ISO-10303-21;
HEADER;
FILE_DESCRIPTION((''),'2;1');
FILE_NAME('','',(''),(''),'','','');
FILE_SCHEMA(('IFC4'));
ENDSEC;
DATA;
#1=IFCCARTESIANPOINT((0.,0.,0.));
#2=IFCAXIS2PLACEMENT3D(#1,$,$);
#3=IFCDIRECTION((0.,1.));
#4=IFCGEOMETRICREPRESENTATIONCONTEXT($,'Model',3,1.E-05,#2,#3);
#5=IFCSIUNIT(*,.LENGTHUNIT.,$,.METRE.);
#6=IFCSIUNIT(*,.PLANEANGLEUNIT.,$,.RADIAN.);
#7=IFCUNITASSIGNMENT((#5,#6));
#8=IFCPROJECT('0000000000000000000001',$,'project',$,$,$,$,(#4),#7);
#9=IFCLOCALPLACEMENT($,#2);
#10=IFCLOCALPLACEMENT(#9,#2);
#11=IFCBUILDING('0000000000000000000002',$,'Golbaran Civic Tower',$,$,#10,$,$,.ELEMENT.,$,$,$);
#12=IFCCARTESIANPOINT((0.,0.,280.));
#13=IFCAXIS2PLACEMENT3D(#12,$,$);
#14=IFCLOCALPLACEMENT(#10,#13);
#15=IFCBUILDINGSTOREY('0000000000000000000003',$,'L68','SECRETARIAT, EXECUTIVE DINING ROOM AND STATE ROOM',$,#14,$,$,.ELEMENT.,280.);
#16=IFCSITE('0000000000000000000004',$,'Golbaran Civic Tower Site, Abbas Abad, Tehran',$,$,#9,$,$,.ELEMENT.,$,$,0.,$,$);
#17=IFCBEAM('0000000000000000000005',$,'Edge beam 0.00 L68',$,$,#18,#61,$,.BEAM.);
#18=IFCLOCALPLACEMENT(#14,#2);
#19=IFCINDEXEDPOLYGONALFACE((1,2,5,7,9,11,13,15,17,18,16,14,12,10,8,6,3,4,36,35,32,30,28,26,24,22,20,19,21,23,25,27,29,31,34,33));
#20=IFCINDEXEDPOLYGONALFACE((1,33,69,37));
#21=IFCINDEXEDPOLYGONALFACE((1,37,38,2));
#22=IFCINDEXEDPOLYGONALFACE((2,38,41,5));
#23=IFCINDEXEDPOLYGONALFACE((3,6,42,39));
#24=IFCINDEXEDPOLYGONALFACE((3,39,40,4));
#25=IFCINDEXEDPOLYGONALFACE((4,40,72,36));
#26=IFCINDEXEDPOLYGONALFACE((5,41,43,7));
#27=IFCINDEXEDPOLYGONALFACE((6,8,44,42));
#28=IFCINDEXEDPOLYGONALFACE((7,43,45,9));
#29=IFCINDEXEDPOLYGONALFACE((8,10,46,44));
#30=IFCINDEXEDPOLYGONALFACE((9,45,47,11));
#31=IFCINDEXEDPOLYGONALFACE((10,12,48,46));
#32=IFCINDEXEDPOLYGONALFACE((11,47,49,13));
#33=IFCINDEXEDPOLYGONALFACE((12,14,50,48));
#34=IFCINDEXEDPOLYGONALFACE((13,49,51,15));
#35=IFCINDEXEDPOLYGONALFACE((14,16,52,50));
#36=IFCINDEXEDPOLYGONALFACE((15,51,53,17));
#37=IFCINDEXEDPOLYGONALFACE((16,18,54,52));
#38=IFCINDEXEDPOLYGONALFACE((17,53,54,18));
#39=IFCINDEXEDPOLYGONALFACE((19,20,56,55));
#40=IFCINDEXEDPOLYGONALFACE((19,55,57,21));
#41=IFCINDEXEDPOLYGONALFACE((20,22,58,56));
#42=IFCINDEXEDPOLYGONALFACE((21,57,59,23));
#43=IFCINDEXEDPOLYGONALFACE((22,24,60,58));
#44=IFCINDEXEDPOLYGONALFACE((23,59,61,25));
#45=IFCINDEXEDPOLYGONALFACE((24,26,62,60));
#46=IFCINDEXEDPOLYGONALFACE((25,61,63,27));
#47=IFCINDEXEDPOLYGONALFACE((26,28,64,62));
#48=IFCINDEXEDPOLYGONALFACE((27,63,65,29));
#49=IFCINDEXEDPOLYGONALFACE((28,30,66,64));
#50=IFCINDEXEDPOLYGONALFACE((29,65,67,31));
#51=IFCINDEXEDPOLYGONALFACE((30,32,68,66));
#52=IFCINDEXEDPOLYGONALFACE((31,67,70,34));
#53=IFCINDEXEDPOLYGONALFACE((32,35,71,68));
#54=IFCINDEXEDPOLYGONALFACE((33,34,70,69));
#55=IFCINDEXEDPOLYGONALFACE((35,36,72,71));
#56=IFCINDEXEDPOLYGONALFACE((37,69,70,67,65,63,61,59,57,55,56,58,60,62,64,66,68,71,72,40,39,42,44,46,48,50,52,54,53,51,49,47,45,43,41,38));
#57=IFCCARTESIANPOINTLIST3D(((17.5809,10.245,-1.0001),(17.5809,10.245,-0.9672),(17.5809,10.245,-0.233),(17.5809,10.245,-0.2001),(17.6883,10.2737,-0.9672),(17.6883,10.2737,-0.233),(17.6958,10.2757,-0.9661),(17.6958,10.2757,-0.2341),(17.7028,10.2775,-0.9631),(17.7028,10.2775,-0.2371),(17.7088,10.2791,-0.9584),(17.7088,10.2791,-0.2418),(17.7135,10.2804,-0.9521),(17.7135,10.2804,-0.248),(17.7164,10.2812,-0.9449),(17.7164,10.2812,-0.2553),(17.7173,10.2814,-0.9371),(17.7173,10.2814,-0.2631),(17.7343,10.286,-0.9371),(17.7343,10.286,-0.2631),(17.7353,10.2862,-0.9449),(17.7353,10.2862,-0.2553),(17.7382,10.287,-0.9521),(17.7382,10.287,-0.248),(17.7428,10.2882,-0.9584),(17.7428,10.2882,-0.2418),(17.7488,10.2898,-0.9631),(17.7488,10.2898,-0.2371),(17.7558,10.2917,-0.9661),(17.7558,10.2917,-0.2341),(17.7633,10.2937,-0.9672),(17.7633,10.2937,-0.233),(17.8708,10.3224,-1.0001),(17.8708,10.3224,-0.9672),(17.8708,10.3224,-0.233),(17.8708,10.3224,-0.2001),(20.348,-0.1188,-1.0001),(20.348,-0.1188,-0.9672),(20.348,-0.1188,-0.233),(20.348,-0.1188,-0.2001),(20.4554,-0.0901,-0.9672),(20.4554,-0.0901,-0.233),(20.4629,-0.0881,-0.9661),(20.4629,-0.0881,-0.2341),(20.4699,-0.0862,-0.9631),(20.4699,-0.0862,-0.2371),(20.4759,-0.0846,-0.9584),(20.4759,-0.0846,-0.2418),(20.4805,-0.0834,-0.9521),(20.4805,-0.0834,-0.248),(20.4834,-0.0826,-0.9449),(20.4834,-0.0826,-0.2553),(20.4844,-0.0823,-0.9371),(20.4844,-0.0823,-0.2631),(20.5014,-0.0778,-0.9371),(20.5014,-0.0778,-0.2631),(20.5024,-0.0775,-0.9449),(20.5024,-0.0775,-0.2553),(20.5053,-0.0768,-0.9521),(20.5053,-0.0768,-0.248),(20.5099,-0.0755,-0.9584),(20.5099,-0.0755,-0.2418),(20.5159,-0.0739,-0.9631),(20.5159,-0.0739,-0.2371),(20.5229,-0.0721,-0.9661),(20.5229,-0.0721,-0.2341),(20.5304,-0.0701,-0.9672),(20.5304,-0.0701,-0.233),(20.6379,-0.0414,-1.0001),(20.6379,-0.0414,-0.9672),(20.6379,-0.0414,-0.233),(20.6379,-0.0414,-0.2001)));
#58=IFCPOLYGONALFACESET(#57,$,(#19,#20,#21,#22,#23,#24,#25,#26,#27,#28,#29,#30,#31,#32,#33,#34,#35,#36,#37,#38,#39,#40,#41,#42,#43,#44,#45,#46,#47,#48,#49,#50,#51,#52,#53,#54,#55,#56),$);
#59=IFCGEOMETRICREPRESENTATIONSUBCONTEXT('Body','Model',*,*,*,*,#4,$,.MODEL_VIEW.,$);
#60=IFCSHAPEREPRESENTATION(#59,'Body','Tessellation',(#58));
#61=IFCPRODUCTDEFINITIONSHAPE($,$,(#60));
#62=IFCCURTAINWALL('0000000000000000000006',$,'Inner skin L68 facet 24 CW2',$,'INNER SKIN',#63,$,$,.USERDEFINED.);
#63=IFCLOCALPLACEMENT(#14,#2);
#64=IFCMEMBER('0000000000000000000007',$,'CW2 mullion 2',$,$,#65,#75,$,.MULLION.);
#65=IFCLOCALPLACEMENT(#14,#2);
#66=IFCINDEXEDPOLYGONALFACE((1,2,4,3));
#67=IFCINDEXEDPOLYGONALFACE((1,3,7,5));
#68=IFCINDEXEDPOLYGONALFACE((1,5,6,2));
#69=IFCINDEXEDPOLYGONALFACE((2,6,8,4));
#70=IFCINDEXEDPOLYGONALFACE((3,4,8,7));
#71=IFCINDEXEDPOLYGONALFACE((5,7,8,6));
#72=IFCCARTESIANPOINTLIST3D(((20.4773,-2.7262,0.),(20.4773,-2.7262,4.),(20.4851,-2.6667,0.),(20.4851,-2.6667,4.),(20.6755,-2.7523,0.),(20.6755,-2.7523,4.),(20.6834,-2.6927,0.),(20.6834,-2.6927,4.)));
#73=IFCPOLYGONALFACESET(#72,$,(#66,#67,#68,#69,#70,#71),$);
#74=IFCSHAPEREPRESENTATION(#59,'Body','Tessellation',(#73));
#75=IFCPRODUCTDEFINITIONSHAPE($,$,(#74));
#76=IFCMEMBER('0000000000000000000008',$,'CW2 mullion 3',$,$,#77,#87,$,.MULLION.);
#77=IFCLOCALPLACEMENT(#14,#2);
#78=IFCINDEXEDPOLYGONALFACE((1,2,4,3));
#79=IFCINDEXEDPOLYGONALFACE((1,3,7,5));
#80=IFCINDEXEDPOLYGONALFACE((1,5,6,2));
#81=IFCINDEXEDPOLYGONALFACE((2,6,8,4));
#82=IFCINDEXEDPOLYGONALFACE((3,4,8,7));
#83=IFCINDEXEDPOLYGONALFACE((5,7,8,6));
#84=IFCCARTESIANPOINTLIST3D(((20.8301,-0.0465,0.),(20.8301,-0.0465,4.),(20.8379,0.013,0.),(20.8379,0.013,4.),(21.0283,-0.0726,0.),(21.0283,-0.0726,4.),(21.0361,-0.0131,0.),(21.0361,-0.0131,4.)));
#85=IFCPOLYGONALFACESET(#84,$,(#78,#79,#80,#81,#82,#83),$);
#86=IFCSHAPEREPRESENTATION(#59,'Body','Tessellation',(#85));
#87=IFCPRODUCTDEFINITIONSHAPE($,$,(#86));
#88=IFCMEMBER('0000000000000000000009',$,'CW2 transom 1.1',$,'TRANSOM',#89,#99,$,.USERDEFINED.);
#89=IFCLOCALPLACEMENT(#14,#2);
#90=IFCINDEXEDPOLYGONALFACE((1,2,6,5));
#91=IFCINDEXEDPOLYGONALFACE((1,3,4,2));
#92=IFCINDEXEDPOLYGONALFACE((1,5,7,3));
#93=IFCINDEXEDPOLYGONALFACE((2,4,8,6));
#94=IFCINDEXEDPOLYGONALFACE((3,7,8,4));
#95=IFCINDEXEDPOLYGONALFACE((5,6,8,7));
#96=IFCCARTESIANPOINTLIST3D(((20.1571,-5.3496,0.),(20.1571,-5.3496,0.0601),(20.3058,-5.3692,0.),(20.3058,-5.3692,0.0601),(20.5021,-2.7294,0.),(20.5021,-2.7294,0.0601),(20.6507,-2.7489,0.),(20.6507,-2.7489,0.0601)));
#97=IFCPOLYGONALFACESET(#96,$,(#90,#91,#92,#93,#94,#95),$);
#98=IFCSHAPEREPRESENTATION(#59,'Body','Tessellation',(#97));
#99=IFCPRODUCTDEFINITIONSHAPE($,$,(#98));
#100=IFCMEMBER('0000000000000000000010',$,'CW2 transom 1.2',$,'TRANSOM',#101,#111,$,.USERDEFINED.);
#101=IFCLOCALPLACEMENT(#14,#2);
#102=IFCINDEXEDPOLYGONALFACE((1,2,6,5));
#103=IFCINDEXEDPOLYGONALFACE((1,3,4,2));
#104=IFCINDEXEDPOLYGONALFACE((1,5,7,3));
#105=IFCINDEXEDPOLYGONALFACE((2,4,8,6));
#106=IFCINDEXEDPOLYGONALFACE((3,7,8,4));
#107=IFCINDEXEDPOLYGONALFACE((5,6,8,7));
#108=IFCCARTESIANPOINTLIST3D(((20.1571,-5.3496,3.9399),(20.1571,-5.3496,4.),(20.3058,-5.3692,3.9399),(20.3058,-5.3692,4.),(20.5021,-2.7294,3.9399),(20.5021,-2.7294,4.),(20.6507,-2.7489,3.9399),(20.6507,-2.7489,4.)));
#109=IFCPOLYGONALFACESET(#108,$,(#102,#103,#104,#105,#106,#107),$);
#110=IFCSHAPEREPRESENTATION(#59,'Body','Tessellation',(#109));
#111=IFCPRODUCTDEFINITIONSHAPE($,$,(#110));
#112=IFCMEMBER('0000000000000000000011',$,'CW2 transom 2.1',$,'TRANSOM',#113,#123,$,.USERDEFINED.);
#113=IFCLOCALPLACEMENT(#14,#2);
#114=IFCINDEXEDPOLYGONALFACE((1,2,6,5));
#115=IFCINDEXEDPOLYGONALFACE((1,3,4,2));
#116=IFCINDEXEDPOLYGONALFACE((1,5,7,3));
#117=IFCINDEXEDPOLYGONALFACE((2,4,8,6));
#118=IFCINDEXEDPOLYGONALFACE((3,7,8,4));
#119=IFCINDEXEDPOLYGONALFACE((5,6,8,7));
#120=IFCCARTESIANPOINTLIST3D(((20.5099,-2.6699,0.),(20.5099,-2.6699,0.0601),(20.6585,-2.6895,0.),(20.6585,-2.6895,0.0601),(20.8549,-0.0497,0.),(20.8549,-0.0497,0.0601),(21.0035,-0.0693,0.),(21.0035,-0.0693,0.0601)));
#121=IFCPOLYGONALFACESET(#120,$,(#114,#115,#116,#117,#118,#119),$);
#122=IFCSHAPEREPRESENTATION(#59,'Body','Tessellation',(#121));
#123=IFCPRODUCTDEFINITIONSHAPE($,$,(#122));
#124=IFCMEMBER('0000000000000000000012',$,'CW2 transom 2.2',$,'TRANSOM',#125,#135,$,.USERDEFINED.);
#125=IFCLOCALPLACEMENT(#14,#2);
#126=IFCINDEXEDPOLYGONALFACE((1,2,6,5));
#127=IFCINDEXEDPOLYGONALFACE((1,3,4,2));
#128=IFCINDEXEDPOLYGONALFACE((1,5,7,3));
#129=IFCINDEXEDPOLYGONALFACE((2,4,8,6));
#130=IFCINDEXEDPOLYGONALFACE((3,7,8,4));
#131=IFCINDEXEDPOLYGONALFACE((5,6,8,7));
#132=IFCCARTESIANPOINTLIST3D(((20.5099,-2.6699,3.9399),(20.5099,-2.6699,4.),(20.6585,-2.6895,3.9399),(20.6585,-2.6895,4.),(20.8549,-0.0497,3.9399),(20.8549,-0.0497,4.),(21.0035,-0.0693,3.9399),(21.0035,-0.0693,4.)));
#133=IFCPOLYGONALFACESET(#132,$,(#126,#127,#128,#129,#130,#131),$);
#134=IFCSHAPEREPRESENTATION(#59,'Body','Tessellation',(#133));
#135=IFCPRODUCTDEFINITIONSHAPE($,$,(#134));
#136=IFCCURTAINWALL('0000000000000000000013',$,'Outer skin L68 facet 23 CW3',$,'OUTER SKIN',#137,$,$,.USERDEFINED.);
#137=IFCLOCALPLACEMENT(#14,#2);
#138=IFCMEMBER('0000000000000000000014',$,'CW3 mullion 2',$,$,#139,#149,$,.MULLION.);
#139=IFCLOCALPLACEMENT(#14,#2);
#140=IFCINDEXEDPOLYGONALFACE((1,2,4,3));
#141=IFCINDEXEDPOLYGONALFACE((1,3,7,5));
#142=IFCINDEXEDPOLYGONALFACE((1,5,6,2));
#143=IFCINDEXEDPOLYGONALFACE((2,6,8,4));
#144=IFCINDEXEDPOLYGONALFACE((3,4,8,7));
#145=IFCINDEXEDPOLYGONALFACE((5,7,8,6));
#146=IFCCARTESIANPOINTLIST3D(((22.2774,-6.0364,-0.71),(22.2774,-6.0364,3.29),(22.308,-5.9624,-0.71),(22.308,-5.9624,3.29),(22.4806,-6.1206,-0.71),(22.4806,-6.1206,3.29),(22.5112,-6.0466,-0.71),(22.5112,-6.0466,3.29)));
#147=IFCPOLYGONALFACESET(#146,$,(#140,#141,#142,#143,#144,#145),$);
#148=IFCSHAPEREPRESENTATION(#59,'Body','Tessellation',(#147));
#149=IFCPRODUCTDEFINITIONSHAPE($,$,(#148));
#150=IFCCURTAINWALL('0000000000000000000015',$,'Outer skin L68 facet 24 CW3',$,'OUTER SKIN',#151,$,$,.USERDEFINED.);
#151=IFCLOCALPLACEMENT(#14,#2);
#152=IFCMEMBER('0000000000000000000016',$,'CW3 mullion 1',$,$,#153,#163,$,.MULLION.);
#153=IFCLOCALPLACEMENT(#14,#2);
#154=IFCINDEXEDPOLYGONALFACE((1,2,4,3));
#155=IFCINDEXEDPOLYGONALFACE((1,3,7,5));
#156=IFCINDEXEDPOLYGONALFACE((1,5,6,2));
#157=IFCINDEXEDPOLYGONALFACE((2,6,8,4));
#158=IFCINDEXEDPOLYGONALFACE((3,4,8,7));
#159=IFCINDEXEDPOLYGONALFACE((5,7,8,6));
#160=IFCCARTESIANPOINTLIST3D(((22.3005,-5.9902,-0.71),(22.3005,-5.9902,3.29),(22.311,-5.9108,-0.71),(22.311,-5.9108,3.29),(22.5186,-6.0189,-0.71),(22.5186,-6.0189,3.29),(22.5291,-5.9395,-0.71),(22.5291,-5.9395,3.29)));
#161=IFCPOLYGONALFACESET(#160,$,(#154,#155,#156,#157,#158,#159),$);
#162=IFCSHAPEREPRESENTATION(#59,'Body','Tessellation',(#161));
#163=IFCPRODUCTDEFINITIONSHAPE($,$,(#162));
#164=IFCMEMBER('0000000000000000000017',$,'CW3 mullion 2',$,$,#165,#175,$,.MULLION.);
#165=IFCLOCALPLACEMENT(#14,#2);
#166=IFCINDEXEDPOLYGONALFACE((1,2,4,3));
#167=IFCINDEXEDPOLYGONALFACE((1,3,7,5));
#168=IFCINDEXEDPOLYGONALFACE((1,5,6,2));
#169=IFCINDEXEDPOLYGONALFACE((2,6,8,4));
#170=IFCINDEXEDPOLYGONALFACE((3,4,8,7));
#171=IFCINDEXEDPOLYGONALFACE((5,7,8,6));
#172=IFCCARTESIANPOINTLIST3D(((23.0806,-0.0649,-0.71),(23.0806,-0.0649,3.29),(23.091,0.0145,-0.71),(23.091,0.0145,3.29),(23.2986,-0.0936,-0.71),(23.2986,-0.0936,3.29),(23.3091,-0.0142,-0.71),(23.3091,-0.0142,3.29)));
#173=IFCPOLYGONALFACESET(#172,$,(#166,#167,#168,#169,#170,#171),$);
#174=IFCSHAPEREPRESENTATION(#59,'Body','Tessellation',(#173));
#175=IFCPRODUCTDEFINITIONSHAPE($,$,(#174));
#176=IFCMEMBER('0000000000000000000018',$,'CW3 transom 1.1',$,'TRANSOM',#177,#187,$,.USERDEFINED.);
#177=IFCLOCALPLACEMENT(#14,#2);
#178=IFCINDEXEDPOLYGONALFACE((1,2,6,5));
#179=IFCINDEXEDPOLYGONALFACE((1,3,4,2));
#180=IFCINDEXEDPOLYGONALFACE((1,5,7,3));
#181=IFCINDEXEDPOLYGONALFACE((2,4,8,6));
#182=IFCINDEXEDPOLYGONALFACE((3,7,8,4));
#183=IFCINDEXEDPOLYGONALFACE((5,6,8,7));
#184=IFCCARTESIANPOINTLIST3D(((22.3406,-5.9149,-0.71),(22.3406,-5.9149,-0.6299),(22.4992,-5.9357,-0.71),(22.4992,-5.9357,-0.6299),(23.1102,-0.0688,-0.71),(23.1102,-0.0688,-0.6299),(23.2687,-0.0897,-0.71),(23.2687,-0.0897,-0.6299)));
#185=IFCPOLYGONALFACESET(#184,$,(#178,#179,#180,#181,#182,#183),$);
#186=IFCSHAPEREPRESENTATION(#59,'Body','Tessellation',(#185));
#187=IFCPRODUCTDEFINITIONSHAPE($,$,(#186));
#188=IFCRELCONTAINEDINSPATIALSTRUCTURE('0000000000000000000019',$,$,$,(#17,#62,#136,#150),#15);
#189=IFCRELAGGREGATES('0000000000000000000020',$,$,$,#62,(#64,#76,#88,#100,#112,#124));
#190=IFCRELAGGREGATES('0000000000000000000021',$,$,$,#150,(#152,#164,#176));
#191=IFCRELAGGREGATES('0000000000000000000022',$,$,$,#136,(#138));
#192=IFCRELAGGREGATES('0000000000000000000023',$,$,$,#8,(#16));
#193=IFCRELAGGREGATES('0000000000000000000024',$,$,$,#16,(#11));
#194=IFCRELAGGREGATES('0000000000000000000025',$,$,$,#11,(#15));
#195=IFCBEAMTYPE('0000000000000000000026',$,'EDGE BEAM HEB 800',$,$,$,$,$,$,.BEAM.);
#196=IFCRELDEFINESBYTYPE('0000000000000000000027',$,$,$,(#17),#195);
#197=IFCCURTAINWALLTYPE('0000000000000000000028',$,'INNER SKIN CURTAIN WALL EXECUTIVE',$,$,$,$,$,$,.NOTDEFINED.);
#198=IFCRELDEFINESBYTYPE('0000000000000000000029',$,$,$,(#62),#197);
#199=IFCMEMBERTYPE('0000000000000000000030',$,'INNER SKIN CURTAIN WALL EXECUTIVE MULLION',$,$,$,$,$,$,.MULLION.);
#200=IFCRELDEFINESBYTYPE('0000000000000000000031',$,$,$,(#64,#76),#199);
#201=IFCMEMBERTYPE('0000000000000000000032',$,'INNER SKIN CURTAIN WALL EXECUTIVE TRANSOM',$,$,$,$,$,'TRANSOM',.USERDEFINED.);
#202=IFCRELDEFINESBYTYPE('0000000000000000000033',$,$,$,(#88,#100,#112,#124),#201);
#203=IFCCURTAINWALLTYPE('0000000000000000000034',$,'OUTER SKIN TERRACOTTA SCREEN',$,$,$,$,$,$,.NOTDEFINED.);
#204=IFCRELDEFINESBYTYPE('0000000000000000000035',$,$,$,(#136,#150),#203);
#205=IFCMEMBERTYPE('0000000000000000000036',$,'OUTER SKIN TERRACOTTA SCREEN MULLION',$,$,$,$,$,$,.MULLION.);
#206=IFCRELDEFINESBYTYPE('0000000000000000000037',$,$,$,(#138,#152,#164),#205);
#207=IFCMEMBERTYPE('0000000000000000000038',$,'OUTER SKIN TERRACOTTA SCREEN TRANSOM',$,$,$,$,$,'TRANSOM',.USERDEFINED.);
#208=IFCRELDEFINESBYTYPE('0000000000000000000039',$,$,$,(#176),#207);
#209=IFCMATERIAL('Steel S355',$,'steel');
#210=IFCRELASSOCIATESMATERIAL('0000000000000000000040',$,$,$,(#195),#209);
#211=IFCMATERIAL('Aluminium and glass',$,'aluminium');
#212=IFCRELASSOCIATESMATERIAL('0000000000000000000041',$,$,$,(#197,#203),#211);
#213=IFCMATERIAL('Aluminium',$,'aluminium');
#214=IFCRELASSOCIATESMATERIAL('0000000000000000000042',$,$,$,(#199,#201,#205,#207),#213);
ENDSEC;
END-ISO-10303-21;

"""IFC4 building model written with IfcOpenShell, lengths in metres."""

from ifc_helpers import new_model, si_unit, direction, frame, origin, origin_2d, place, context, subcontext, project, spatial, rectangle, i_section, extrude, material, material_profile, profile_set, type_object, element, aggregate, save


model = new_model("IFC4")

# Units and contexts
model_context = context("Model", 3, precision=1e-05, world=origin(), true_north=direction((0.0, 1.0)))
body_context = subcontext(model_context, "Body", "Model", "MODEL_VIEW")
ifc_project = project(units=[si_unit("LENGTHUNIT", "METRE"), si_unit("PLANEANGLEUNIT", "RADIAN")], contexts=[model_context])

# Site, building, storey
site_placement = place(None, origin())
site = spatial("IfcSite", under=ifc_project, at=site_placement, Name="Golbaran Civic Tower Site, Abbas Abad, Tehran", CompositionType="ELEMENT", RefElevation=0.0)
building_placement = place(site_placement, origin())
building = spatial("IfcBuilding", under=site, at=building_placement, Name="Golbaran Civic Tower", CompositionType="ELEMENT")
storey_placement = place(building_placement, frame((0.0, 0.0, 280.0)))
storey = spatial("IfcBuildingStorey", under=building, at=storey_placement, Name="L68", Description="SECRETARIAT, EXECUTIVE DINING ROOM AND STATE ROOM", CompositionType="ELEMENT", Elevation=280.0)

# Beam
ifc_material_1 = material(Name="Steel S355", Category="steel")
ifc_material_profile_1 = material_profile(ifc_material_1, i_section(OverallWidth=0.3, OverallDepth=0.8, WebThickness=0.0176, FlangeThickness=0.033, FilletRadius=0.03, at=origin_2d()), Name="HEB 800")
ifc_profile_set_1 = profile_set([ifc_material_profile_1], Name="Steel S355")
beam_type = type_object("IfcBeamType", Name="EDGE BEAM HEB 800", PredefinedType="BEAM", material=ifc_profile_set_1)
beam_placement = place(storey_placement, frame((20.4929, -0.0801, -0.6001), z_axis=(-0.25796, 0.966156, 0.0), x_axis=(-0.966156, -0.25796, 0.0)))
element("IfcBeam", 1, at=beam_placement, inside=storey, type_object=beam_type, Name="Edge beam 0.00 L68", PredefinedType="BEAM", context=body_context, shape_type="SweptSolid", body=[
    extrude(i_section(OverallWidth=0.3, OverallDepth=0.8, WebThickness=0.0176, FlangeThickness=0.033, FilletRadius=0.03, at=origin_2d()), origin(), (0.0, 0.0, 1.0), 10.7268),
])

# Curtain wall, members
ifc_material_2 = material(Name="Aluminium and glass", Category="aluminium")
curtain_wall_type_1 = type_object("IfcCurtainWallType", Name="INNER SKIN CURTAIN WALL EXECUTIVE", PredefinedType="NOTDEFINED", material=ifc_material_2)
curtain_wall_1_placement = place(storey_placement, origin())
curtain_wall_1 = element("IfcCurtainWall", 2, at=curtain_wall_1_placement, inside=storey, type_object=curtain_wall_type_1, Name="Inner skin L68 facet 24 CW2", ObjectType="INNER SKIN", PredefinedType="USERDEFINED")
ifc_material_3 = material(Name="Aluminium", Category="aluminium")
ifc_material_profile_2 = material_profile(ifc_material_3, rectangle(XDim=0.2, YDim=0.0601, at=origin_2d()), Name="INNER SKIN CURTAIN WALL EXECUTIVE MULLION")
ifc_profile_set_2 = profile_set([ifc_material_profile_2], Name="Aluminium")
member_type_1 = type_object("IfcMemberType", Name="INNER SKIN CURTAIN WALL EXECUTIVE MULLION", PredefinedType="MULLION", material=ifc_profile_set_2)
member_1_placement = place(storey_placement, frame((20.5803, -2.7095, 0.0), z_axis=(0.0, 0.0, 1.0), x_axis=(-0.991445, 0.130526, 0.0)))
member_1 = element("IfcMember", 3, at=member_1_placement, type_object=member_type_1, Name="CW2 mullion 2", PredefinedType="MULLION", context=body_context, shape_type="SweptSolid", body=[
    extrude(rectangle(XDim=0.2, YDim=0.0601, at=origin_2d()), origin(), (0.0, 0.0, 1.0), 4.0),
])
member_2_placement = place(storey_placement, frame((20.9331, -0.0298, 0.0), z_axis=(0.0, 0.0, 1.0), x_axis=(-0.991445, 0.130526, 0.0)))
member_2 = element("IfcMember", 4, at=member_2_placement, type_object=member_type_1, Name="CW2 mullion 3", PredefinedType="MULLION", context=body_context, shape_type="SweptSolid", body=[
    extrude(rectangle(XDim=0.2, YDim=0.0601, at=origin_2d()), origin(), (0.0, 0.0, 1.0), 4.0),
])
ifc_material_profile_3 = material_profile(ifc_material_3, rectangle(XDim=0.1499, YDim=0.0601, at=origin_2d()), Name="INNER SKIN CURTAIN WALL EXECUTIVE TRANSOM")
ifc_profile_set_3 = profile_set([ifc_material_profile_3], Name="Aluminium")
member_type_2 = type_object("IfcMemberType", Name="INNER SKIN CURTAIN WALL EXECUTIVE TRANSOM", ElementType="TRANSOM", PredefinedType="USERDEFINED", material=ifc_profile_set_3)
member_3_placement = place(storey_placement, frame((20.2314, -5.3594, 0.03), z_axis=(0.130536, 0.991444, 0.0), x_axis=(-0.991444, 0.130536, 0.0)))
member_3 = element("IfcMember", 5, at=member_3_placement, type_object=member_type_2, Name="CW2 transom 1.1", ObjectType="TRANSOM", PredefinedType="USERDEFINED", context=body_context, shape_type="SweptSolid", body=[
    extrude(rectangle(XDim=0.1499, YDim=0.0601, at=origin_2d()), origin(), (0.0, 0.0, 1.0), 2.6428),
])
member_4_placement = place(storey_placement, frame((20.2314, -5.3594, 3.97), z_axis=(0.130536, 0.991444, 0.0), x_axis=(-0.991444, 0.130536, 0.0)))
member_4 = element("IfcMember", 6, at=member_4_placement, type_object=member_type_2, Name="CW2 transom 1.2", ObjectType="TRANSOM", PredefinedType="USERDEFINED", context=body_context, shape_type="SweptSolid", body=[
    extrude(rectangle(XDim=0.1499, YDim=0.0601, at=origin_2d()), origin(), (0.0, 0.0, 1.0), 2.6428),
])
member_5_placement = place(storey_placement, frame((20.5842, -2.6797, 0.03), z_axis=(0.130536, 0.991444, 0.0), x_axis=(-0.991444, 0.130536, 0.0)))
member_5 = element("IfcMember", 7, at=member_5_placement, type_object=member_type_2, Name="CW2 transom 2.1", ObjectType="TRANSOM", PredefinedType="USERDEFINED", context=body_context, shape_type="SweptSolid", body=[
    extrude(rectangle(XDim=0.1499, YDim=0.0601, at=origin_2d()), origin(), (0.0, 0.0, 1.0), 2.6428),
])
member_6_placement = place(storey_placement, frame((20.5842, -2.6797, 3.97), z_axis=(0.130536, 0.991444, 0.0), x_axis=(-0.991444, 0.130536, 0.0)))
member_6 = element("IfcMember", 8, at=member_6_placement, type_object=member_type_2, Name="CW2 transom 2.2", ObjectType="TRANSOM", PredefinedType="USERDEFINED", context=body_context, shape_type="SweptSolid", body=[
    extrude(rectangle(XDim=0.1499, YDim=0.0601, at=origin_2d()), origin(), (0.0, 0.0, 1.0), 2.6428),
])

# Curtain wall, member
curtain_wall_type_2 = type_object("IfcCurtainWallType", Name="OUTER SKIN TERRACOTTA SCREEN", PredefinedType="NOTDEFINED", material=ifc_material_2)
curtain_wall_2_placement = place(storey_placement, origin())
curtain_wall_2 = element("IfcCurtainWall", 9, at=curtain_wall_2_placement, inside=storey, type_object=curtain_wall_type_2, Name="Outer skin L68 facet 23 CW3", ObjectType="OUTER SKIN", PredefinedType="USERDEFINED")
ifc_material_profile_4 = material_profile(ifc_material_3, rectangle(XDim=0.22, YDim=0.0801, at=origin_2d()), Name="OUTER SKIN TERRACOTTA SCREEN MULLION")
ifc_profile_set_4 = profile_set([ifc_material_profile_4], Name="Aluminium")
member_type_3 = type_object("IfcMemberType", Name="OUTER SKIN TERRACOTTA SCREEN MULLION", PredefinedType="MULLION", material=ifc_profile_set_4)
member_7_placement = place(storey_placement, frame((22.3943, -6.0415, -0.71), z_axis=(0.0, 0.0, 1.0), x_axis=(-0.92388, 0.382683, 0.0)))
member_7 = element("IfcMember", 10, at=member_7_placement, type_object=member_type_3, Name="CW3 mullion 2", PredefinedType="MULLION", context=body_context, shape_type="SweptSolid", body=[
    extrude(rectangle(XDim=0.22, YDim=0.0801, at=origin_2d()), origin(), (0.0, 0.0, 1.0), 4.0),
])

# Curtain wall, members
curtain_wall_3_placement = place(storey_placement, origin())
curtain_wall_3 = element("IfcCurtainWall", 11, at=curtain_wall_3_placement, inside=storey, type_object=curtain_wall_type_2, Name="Outer skin L68 facet 24 CW3", ObjectType="OUTER SKIN", PredefinedType="USERDEFINED")
member_8_placement = place(storey_placement, frame((22.4148, -5.9648, -0.71), z_axis=(0.0, 0.0, 1.0), x_axis=(-0.991445, 0.130526, 0.0)))
member_8 = element("IfcMember", 12, at=member_8_placement, type_object=member_type_3, Name="CW3 mullion 1", PredefinedType="MULLION", context=body_context, shape_type="SweptSolid", body=[
    extrude(rectangle(XDim=0.22, YDim=0.0801, at=origin_2d()), origin(), (0.0, 0.0, 1.0), 4.0),
])
member_9_placement = place(storey_placement, frame((23.1948, -0.0396, -0.71), z_axis=(0.0, 0.0, 1.0), x_axis=(-0.991445, 0.130526, 0.0)))
member_9 = element("IfcMember", 13, at=member_9_placement, type_object=member_type_3, Name="CW3 mullion 2", PredefinedType="MULLION", context=body_context, shape_type="SweptSolid", body=[
    extrude(rectangle(XDim=0.22, YDim=0.0801, at=origin_2d()), origin(), (0.0, 0.0, 1.0), 4.0),
])
ifc_material_profile_5 = material_profile(ifc_material_3, rectangle(XDim=0.1599, YDim=0.0801, at=origin_2d()), Name="OUTER SKIN TERRACOTTA SCREEN TRANSOM")
ifc_profile_set_5 = profile_set([ifc_material_profile_5], Name="Aluminium")
member_type_4 = type_object("IfcMemberType", Name="OUTER SKIN TERRACOTTA SCREEN TRANSOM", ElementType="TRANSOM", PredefinedType="USERDEFINED", material=ifc_profile_set_5)
member_10_placement = place(storey_placement, frame((22.4199, -5.9253, -0.6699), z_axis=(0.130509, 0.991447, 0.0), x_axis=(-0.991447, 0.130509, 0.0)))
member_10 = element("IfcMember", 14, at=member_10_placement, type_object=member_type_4, Name="CW3 transom 1.1", ObjectType="TRANSOM", PredefinedType="USERDEFINED", context=body_context, shape_type="SweptSolid", body=[
    extrude(rectangle(XDim=0.1599, YDim=0.0801, at=origin_2d()), origin(), (0.0, 0.0, 1.0), 5.8965),
])

aggregate(curtain_wall_1, [member_1, member_2, member_3, member_4, member_5, member_6])
aggregate(curtain_wall_3, [member_8, member_9, member_10])
aggregate(curtain_wall_2, [member_7])

save(model, "model.ifc")
